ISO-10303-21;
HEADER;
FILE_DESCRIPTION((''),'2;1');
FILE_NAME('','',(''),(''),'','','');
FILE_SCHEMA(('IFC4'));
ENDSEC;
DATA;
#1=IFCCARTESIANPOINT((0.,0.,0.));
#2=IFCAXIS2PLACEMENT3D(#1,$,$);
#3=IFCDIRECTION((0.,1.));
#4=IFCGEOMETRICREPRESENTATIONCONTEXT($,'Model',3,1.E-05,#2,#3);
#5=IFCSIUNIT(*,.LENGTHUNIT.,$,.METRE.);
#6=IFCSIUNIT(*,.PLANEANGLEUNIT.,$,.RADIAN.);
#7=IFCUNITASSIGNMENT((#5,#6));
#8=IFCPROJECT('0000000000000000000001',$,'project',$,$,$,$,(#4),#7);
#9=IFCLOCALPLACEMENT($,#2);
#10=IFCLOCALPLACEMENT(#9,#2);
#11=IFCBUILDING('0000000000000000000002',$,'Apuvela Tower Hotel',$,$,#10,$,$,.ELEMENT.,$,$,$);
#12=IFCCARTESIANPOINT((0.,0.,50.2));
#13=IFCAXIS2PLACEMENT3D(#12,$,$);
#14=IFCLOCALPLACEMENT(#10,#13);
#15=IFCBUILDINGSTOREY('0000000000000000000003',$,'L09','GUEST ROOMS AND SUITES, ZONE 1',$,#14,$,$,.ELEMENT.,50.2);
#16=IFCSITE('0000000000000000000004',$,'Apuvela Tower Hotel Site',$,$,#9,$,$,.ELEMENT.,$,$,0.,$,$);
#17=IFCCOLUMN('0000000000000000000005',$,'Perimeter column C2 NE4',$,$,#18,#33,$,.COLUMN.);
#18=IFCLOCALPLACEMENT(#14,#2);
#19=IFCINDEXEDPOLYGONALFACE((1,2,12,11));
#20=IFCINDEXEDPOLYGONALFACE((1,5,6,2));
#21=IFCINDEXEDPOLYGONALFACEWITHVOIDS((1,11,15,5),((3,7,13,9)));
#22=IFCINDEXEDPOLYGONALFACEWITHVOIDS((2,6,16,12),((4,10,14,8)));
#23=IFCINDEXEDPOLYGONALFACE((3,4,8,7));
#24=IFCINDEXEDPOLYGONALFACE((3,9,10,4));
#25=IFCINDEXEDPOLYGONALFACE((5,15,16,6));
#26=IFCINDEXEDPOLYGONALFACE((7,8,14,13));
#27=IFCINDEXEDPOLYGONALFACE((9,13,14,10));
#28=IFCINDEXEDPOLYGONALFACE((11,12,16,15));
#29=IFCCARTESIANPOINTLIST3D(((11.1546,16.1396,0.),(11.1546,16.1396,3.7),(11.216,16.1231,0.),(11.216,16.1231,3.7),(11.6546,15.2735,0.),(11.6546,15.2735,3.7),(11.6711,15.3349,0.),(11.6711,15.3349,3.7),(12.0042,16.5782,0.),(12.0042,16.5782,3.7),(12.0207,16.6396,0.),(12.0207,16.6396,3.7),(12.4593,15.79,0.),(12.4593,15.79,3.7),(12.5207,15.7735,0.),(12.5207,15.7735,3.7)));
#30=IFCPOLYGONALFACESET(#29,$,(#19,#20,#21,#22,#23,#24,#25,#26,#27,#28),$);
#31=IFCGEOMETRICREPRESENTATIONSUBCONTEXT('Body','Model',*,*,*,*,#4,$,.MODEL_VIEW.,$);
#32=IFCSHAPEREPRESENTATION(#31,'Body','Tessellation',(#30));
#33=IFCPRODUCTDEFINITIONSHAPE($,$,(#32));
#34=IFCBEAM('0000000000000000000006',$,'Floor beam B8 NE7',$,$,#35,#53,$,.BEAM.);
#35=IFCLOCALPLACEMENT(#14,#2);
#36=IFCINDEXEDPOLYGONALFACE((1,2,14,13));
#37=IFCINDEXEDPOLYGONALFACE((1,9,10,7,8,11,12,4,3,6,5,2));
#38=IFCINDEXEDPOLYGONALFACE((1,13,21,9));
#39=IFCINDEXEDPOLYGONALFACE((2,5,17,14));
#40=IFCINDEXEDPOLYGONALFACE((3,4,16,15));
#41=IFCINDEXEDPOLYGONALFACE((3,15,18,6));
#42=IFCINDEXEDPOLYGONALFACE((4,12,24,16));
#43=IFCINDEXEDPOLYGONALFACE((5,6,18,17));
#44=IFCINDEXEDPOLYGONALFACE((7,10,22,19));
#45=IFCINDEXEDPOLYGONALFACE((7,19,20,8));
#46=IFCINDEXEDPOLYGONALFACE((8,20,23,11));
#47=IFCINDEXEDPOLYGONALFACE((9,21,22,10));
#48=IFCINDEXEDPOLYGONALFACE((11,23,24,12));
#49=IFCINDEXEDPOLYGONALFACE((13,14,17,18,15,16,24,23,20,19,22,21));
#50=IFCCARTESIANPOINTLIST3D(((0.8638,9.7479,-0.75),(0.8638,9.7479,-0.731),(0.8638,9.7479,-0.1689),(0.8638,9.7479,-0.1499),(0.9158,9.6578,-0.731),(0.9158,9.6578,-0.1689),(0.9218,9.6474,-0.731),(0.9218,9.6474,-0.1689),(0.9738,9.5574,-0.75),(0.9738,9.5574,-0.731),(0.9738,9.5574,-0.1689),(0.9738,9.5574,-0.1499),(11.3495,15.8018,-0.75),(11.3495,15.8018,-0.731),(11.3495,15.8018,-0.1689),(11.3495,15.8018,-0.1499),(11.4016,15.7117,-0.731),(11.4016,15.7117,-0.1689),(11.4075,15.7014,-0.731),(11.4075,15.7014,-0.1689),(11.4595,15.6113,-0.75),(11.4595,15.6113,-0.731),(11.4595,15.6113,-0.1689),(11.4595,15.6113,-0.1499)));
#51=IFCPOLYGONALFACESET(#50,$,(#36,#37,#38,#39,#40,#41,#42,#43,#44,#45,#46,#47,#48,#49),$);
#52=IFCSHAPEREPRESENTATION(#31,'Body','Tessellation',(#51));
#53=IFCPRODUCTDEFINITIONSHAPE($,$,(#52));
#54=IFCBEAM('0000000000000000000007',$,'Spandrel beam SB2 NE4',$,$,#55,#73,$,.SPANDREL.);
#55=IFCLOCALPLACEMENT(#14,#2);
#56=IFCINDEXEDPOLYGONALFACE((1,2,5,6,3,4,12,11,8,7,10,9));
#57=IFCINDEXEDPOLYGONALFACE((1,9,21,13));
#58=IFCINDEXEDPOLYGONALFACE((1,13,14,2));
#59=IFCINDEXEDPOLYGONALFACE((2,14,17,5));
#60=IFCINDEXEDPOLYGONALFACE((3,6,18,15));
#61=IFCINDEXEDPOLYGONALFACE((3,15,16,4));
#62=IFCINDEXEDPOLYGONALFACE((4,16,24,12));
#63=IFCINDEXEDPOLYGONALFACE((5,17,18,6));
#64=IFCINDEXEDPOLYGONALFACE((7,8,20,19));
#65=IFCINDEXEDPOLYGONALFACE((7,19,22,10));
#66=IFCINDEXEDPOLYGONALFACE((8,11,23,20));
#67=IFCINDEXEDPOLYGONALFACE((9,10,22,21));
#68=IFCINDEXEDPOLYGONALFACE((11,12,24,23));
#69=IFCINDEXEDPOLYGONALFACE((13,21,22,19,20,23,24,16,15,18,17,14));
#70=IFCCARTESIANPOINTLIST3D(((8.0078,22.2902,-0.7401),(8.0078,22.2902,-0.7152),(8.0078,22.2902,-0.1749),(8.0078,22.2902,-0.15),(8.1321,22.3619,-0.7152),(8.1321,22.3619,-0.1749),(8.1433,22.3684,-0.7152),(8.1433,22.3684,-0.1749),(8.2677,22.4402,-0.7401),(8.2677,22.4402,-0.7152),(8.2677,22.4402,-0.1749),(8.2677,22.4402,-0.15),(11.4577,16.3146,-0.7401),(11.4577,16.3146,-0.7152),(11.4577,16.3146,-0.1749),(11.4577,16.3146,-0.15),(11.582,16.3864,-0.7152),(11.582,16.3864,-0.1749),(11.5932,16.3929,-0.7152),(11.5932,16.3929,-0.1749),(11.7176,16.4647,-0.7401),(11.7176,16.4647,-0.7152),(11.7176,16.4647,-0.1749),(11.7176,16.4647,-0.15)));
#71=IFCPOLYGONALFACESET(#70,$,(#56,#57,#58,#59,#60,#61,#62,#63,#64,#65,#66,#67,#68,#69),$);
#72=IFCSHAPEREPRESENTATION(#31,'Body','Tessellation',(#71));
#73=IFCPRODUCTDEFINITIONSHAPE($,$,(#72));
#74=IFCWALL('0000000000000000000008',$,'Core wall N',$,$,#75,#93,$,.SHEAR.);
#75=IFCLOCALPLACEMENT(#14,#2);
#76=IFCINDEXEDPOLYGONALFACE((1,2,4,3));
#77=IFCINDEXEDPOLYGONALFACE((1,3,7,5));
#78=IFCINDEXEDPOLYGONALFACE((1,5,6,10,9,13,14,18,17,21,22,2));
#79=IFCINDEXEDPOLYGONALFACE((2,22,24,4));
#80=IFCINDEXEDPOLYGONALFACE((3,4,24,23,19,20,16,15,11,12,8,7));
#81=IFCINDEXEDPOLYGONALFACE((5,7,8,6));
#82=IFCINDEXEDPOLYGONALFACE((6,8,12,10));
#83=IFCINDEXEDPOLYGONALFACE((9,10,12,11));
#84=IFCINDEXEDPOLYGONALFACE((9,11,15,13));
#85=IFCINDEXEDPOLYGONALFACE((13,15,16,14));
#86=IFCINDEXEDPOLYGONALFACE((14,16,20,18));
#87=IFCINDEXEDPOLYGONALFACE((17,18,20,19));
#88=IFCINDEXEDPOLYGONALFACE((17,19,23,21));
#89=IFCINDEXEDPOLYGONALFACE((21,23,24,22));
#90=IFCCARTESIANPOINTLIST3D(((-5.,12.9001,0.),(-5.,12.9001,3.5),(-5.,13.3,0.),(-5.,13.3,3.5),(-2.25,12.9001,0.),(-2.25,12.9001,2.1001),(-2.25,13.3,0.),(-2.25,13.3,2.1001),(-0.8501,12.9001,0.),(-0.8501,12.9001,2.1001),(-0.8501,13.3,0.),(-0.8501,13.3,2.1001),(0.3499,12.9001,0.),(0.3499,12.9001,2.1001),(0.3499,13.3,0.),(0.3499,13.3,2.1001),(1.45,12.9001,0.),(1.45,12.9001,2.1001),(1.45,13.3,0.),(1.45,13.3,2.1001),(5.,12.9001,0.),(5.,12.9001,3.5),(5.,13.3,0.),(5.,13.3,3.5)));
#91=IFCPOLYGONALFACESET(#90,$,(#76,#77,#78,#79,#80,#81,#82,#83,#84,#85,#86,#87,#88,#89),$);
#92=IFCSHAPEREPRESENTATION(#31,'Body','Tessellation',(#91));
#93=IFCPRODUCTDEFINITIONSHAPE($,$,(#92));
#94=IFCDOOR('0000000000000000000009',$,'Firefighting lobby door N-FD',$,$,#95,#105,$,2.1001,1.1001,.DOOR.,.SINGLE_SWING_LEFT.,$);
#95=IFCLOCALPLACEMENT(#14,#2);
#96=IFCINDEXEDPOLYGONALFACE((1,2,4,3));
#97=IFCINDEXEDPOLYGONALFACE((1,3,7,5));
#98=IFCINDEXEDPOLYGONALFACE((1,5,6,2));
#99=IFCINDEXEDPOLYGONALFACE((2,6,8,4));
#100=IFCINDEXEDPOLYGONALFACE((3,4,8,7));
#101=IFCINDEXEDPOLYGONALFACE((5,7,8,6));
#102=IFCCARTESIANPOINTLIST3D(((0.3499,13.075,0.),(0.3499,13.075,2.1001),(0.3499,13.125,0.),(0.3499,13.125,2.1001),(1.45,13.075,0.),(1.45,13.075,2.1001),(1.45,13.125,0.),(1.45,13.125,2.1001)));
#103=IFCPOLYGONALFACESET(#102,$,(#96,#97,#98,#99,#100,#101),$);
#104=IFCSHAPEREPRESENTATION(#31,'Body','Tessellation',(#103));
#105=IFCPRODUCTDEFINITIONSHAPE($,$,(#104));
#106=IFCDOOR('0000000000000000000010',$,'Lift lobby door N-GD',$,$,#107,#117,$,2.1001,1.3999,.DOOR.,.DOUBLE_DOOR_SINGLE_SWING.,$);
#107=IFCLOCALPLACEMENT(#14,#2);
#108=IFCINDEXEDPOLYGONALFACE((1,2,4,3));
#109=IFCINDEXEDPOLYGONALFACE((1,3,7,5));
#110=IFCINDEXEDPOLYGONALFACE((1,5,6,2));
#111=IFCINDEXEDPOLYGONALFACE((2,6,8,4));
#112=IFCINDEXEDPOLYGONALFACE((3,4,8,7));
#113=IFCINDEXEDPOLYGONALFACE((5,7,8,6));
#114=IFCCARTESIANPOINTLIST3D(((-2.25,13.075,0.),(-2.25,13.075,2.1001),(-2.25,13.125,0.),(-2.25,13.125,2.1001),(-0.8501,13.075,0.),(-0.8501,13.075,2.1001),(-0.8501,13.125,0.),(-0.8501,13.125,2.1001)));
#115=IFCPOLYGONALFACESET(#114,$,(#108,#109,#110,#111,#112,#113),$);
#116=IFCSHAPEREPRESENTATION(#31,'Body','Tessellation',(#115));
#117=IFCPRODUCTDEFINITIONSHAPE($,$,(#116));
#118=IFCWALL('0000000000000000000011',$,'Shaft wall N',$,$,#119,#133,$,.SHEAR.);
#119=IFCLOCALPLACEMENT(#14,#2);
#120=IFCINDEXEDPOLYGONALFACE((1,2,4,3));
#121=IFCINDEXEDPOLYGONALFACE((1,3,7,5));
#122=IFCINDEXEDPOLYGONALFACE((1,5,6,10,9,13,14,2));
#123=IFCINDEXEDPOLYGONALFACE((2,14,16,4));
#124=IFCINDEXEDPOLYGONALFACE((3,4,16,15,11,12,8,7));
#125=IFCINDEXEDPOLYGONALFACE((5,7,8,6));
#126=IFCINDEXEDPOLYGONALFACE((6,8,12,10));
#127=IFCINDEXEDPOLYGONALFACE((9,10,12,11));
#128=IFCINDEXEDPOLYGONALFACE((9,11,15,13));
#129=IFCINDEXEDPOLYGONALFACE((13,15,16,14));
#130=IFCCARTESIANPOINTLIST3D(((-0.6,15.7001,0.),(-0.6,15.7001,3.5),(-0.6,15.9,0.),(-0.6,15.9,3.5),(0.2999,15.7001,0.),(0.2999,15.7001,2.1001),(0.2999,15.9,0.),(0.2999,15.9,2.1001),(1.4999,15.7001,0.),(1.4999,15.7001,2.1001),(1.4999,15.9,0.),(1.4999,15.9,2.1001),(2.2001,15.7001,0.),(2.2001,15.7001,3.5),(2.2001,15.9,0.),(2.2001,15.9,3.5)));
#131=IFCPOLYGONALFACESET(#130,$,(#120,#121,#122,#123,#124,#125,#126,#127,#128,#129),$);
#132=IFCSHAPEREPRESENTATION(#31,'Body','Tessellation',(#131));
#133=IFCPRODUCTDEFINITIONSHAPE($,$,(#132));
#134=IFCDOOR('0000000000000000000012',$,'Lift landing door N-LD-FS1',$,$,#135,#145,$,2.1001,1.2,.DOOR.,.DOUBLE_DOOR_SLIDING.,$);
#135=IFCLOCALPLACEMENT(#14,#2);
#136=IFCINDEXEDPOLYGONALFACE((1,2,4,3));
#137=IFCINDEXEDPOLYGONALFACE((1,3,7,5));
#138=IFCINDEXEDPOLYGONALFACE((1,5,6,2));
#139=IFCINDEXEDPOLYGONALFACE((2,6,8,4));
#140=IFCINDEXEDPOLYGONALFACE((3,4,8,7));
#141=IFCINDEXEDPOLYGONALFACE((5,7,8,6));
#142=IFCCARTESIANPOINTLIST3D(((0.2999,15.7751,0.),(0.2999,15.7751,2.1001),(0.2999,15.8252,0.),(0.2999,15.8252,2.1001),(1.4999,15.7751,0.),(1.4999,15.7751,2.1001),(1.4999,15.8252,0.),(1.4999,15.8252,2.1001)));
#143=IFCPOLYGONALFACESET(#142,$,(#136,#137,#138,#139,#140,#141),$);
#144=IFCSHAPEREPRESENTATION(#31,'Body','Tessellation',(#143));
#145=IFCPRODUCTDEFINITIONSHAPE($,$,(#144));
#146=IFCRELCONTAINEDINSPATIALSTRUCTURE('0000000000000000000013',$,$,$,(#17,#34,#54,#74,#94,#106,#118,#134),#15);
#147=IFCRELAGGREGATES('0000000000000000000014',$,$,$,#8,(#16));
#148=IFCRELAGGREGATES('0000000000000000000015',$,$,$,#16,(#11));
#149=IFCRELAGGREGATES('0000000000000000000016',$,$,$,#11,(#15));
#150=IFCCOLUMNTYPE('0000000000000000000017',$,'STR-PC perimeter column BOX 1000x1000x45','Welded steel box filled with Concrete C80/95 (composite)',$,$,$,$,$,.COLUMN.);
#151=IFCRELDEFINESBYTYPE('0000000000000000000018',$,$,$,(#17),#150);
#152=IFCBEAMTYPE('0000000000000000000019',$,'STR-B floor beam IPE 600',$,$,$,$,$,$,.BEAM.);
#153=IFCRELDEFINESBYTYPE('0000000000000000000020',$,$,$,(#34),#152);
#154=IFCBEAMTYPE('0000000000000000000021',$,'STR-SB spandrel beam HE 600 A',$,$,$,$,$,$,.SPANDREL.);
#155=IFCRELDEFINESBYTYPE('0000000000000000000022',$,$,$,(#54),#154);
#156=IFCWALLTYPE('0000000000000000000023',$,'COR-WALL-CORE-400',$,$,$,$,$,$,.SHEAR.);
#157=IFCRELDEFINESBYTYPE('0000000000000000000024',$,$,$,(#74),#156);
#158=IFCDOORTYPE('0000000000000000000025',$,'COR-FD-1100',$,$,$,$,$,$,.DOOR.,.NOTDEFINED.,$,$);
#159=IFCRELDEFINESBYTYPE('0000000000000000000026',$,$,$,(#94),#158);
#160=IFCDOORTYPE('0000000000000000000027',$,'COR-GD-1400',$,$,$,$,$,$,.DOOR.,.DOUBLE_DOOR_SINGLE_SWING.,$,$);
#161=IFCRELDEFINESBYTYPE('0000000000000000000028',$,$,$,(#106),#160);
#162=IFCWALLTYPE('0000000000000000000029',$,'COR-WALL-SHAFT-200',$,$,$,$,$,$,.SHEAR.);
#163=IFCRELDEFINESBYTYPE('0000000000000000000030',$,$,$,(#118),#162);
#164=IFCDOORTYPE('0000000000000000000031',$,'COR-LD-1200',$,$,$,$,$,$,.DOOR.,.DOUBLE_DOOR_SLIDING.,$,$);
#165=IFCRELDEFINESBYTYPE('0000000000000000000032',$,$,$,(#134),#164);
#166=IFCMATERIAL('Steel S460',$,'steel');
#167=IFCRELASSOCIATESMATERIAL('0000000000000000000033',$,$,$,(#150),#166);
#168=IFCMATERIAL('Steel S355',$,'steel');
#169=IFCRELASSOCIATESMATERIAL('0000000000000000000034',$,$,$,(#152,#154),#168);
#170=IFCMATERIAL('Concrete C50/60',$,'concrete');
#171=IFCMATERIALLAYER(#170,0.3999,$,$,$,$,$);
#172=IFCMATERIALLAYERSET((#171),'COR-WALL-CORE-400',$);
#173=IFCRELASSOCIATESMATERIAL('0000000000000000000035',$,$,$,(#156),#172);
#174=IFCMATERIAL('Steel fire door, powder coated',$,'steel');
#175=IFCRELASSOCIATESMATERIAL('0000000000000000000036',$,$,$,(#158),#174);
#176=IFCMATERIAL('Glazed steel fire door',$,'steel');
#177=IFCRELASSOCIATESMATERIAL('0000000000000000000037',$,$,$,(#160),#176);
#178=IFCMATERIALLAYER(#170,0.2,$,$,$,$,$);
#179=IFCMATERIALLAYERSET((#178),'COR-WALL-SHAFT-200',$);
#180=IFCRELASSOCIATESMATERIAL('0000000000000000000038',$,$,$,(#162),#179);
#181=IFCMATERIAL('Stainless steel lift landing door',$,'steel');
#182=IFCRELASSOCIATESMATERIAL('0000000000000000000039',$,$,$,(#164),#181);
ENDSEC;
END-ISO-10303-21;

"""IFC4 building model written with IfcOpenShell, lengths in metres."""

from ifc_helpers import new_model, si_unit, direction, frame, frame_2d, origin, origin_2d, place, context, subcontext, project, spatial, rectangle, hollow_rectangle, i_section, extrude, material, layer, layer_set, material_profile, profile_set, type_object, element, fill, save


model = new_model("IFC4")

# Units and contexts
model_context = context("Model", 3, precision=1e-05, world=origin(), true_north=direction((0.0, 1.0)))
body_context = subcontext(model_context, "Body", "Model", "MODEL_VIEW")
ifc_project = project(units=[si_unit("LENGTHUNIT", "METRE"), si_unit("PLANEANGLEUNIT", "RADIAN")], contexts=[model_context])

# Site, building, storey
site_placement = place(None, origin())
site = spatial("IfcSite", under=ifc_project, at=site_placement, Name="Apuvela Tower Hotel Site", CompositionType="ELEMENT", RefElevation=0.0)
building_placement = place(site_placement, origin())
building = spatial("IfcBuilding", under=site, at=building_placement, Name="Apuvela Tower Hotel", CompositionType="ELEMENT")
storey_placement = place(building_placement, frame((0.0, 0.0, 50.2)))
storey = spatial("IfcBuildingStorey", under=building, at=storey_placement, Name="L09", Description="GUEST ROOMS AND SUITES, ZONE 1", CompositionType="ELEMENT", Elevation=50.2)

# Column
ifc_material_1 = material(Name="Steel S460", Category="steel")
ifc_material_profile_1 = material_profile(ifc_material_1, hollow_rectangle(XDim=1.0, YDim=1.0, WallThickness=0.0449, at=origin_2d()), Name="BOX 1000x1000x45")
ifc_material_2 = material(Name="Concrete C80/95", Category="concrete")
ifc_material_profile_2 = material_profile(ifc_material_2, rectangle(XDim=0.9099, YDim=0.9099, at=origin_2d()), Name="Concrete C80/95 infill")
ifc_profile_set_1 = profile_set([ifc_material_profile_1, ifc_material_profile_2], Name="Steel S460")
column_type = type_object("IfcColumnType", Name="STR-PC perimeter column BOX 1000x1000x45", Description="Welded steel box filled with Concrete C80/95 (composite)", PredefinedType="COLUMN", material=ifc_profile_set_1)
column_placement = place(storey_placement, frame((11.8376, 15.9565, 0.0), z_axis=(0.0, 0.0, 1.0), x_axis=(-0.5, 0.866025, 0.0)))
element("IfcColumn", 1, at=column_placement, inside=storey, type_object=column_type, Name="Perimeter column C2 NE4", PredefinedType="COLUMN", context=body_context, shape_type="SweptSolid", body=[
    extrude(hollow_rectangle(XDim=1.0, YDim=1.0, WallThickness=0.0449, at=origin_2d()), origin(), (0.0, 0.0, 1.0), 3.7),
])

# Beams
ifc_material_3 = material(Name="Steel S355", Category="steel")
ifc_material_profile_3 = material_profile(ifc_material_3, i_section(OverallWidth=0.22, OverallDepth=0.6001, WebThickness=0.012, FlangeThickness=0.019, at=origin_2d()), Name="IPE 600")
ifc_profile_set_2 = profile_set([ifc_material_profile_3], Name="Steel S355")
beam_type_1 = type_object("IfcBeamType", Name="STR-B floor beam IPE 600", PredefinedType="BEAM", material=ifc_profile_set_2)
beam_1_placement = place(storey_placement, frame((11.4045, 15.7065, -0.45), z_axis=(-0.866027, -0.499997, 0.0), x_axis=(0.499997, -0.866027, 0.0)))
element("IfcBeam", 2, at=beam_1_placement, inside=storey, type_object=beam_type_1, Name="Floor beam B8 NE7", PredefinedType="BEAM", context=body_context, shape_type="SweptSolid", body=[
    extrude(i_section(OverallWidth=0.22, OverallDepth=0.6001, WebThickness=0.012, FlangeThickness=0.019, at=origin_2d()), origin(), (0.0, 0.0, 1.0), 12.1079),
])
ifc_material_profile_4 = material_profile(ifc_material_3, i_section(OverallWidth=0.3, OverallDepth=0.5901, WebThickness=0.0129, FlangeThickness=0.0249, at=origin_2d()), Name="HE 600 A")
ifc_profile_set_3 = profile_set([ifc_material_profile_4], Name="Steel S355")
beam_type_2 = type_object("IfcBeamType", Name="STR-SB spandrel beam HE 600 A", PredefinedType="SPANDREL", material=ifc_profile_set_3)
beam_2_placement = place(storey_placement, frame((11.5876, 16.3896, -0.4451), z_axis=(-0.499994, 0.866029, 0.0), x_axis=(-0.866029, -0.499994, 0.0)))
element("IfcBeam", 3, at=beam_2_placement, inside=storey, type_object=beam_type_2, Name="Spandrel beam SB2 NE4", PredefinedType="SPANDREL", context=body_context, shape_type="SweptSolid", body=[
    extrude(i_section(OverallWidth=0.3, OverallDepth=0.5901, WebThickness=0.0129, FlangeThickness=0.0249, at=origin_2d()), origin(), (0.0, 0.0, 1.0), 6.8999),
])

# Wall, openings, doors
ifc_material_4 = material(Name="Concrete C50/60", Category="concrete")
ifc_layer_1 = layer(ifc_material_4, 0.3999)
ifc_layer_set_1 = layer_set([ifc_layer_1], Name="COR-WALL-CORE-400")
wall_type_1 = type_object("IfcWallType", Name="COR-WALL-CORE-400", PredefinedType="SHEAR", material=ifc_layer_set_1)
wall_1_placement = place(storey_placement, frame((5.0, 13.1001, 0.0), z_axis=(0.0, 0.0, 1.0), x_axis=(-1.0, 0.0, 0.0)))
wall_1 = element("IfcWall", 4, at=wall_1_placement, inside=storey, type_object=wall_type_1, Name="Core wall N", PredefinedType="SHEAR", context=body_context, shape_type="SweptSolid", body=[
    extrude(rectangle(XDim=10.0, YDim=0.3999, at=frame_2d((5.0, 0.0))), origin(), (0.0, 0.0, 1.0), 3.5),
])
opening_1_placement = place(wall_1_placement, frame((3.55, 0.0, 0.0)))
opening_1 = element("IfcOpeningElement", 5, at=opening_1_placement, cuts=wall_1, PredefinedType="OPENING", context=body_context, shape_type="SweptSolid", body=[
    extrude(rectangle(XDim=1.1001, YDim=2.1001, at=frame_2d((0.55, 1.05))), frame((0.0, 0.21, 0.0), z_axis=(0.0, -1.0, 0.0), x_axis=(1.0, 0.0, 0.0)), (0.0, 0.0, 1.0), 0.4199),
])
opening_2_placement = place(wall_1_placement, frame((5.8501, 0.0, 0.0)))
opening_2 = element("IfcOpeningElement", 6, at=opening_2_placement, cuts=wall_1, PredefinedType="OPENING", context=body_context, shape_type="SweptSolid", body=[
    extrude(rectangle(XDim=1.3999, YDim=2.1001, at=frame_2d((0.7, 1.05))), frame((0.0, 0.21, 0.0), z_axis=(0.0, -1.0, 0.0), x_axis=(1.0, 0.0, 0.0)), (0.0, 0.0, 1.0), 0.4199),
])
ifc_material_5 = material(Name="Steel fire door, powder coated", Category="steel")
door_type_1 = type_object("IfcDoorType", Name="COR-FD-1100", OperationType="NOTDEFINED", PredefinedType="DOOR", material=ifc_material_5)
door_1_placement = place(opening_1_placement, frame((1.1001, 0.0, 0.0), z_axis=(0.0, 0.0, 1.0), x_axis=(-1.0, 0.0, 0.0)))
door_1 = element("IfcDoor", 7, at=door_1_placement, inside=storey, type_object=door_type_1, Name="Firefighting lobby door N-FD", OperationType="SINGLE_SWING_LEFT", OverallHeight=2.1001, OverallWidth=1.1001, PredefinedType="DOOR", context=body_context, shape_type="SweptSolid", body=[
    extrude(rectangle(XDim=1.1001, YDim=2.1001, at=frame_2d((0.55, 1.05))), frame((0.0, 0.0249, 0.0), z_axis=(0.0, -1.0, 0.0), x_axis=(1.0, 0.0, 0.0)), (0.0, 0.0, 1.0), 0.05),
])
fill(opening_1, door_1)
ifc_material_6 = material(Name="Glazed steel fire door", Category="steel")
door_type_2 = type_object("IfcDoorType", Name="COR-GD-1400", OperationType="DOUBLE_DOOR_SINGLE_SWING", PredefinedType="DOOR", material=ifc_material_6)
door_2_placement = place(opening_2_placement, frame((1.3999, 0.0, 0.0), z_axis=(0.0, 0.0, 1.0), x_axis=(-1.0, 0.0, 0.0)))
door_2 = element("IfcDoor", 8, at=door_2_placement, inside=storey, type_object=door_type_2, Name="Lift lobby door N-GD", OperationType="DOUBLE_DOOR_SINGLE_SWING", OverallHeight=2.1001, OverallWidth=1.3999, PredefinedType="DOOR", context=body_context, shape_type="SweptSolid", body=[
    extrude(rectangle(XDim=1.3999, YDim=2.1001, at=frame_2d((0.7, 1.05))), frame((0.0, 0.0249, 0.0), z_axis=(0.0, -1.0, 0.0), x_axis=(1.0, 0.0, 0.0)), (0.0, 0.0, 1.0), 0.05),
])
fill(opening_2, door_2)

# Wall, opening, door
ifc_layer_2 = layer(ifc_material_4, 0.2)
ifc_layer_set_2 = layer_set([ifc_layer_2], Name="COR-WALL-SHAFT-200")
wall_type_2 = type_object("IfcWallType", Name="COR-WALL-SHAFT-200", PredefinedType="SHEAR", material=ifc_layer_set_2)
wall_2_placement = place(storey_placement, frame((2.2, 15.8, 0.0), z_axis=(0.0, 0.0, 1.0), x_axis=(-1.0, 0.0, 0.0)))
wall_2 = element("IfcWall", 9, at=wall_2_placement, inside=storey, type_object=wall_type_2, Name="Shaft wall N", PredefinedType="SHEAR", context=body_context, shape_type="SweptSolid", body=[
    extrude(rectangle(XDim=2.8, YDim=0.2, at=frame_2d((1.3999, 0.0))), origin(), (0.0, 0.0, 1.0), 3.5),
])
opening_3_placement = place(wall_2_placement, frame((0.7, 0.0, 0.0)))
opening_3 = element("IfcOpeningElement", 10, at=opening_3_placement, cuts=wall_2, PredefinedType="OPENING", context=body_context, shape_type="SweptSolid", body=[
    extrude(rectangle(XDim=1.2, YDim=2.1001, at=frame_2d((0.6001, 1.05))), frame((0.0, 0.1099, 0.0), z_axis=(0.0, -1.0, 0.0), x_axis=(1.0, 0.0, 0.0)), (0.0, 0.0, 1.0), 0.22),
])
ifc_material_7 = material(Name="Stainless steel lift landing door", Category="steel")
door_type_3 = type_object("IfcDoorType", Name="COR-LD-1200", OperationType="DOUBLE_DOOR_SLIDING", PredefinedType="DOOR", material=ifc_material_7)
door_3_placement = place(opening_3_placement, origin())
door_3 = element("IfcDoor", 11, at=door_3_placement, inside=storey, type_object=door_type_3, Name="Lift landing door N-LD-FS1", OperationType="DOUBLE_DOOR_SLIDING", OverallHeight=2.1001, OverallWidth=1.2, PredefinedType="DOOR", context=body_context, shape_type="SweptSolid", body=[
    extrude(rectangle(XDim=1.2, YDim=2.1001, at=frame_2d((0.6001, 1.05))), frame((0.0, 0.0249, 0.0), z_axis=(0.0, -1.0, 0.0), x_axis=(1.0, 0.0, 0.0)), (0.0, 0.0, 1.0), 0.05),
])
fill(opening_3, door_3)

save(model, "model.ifc")
